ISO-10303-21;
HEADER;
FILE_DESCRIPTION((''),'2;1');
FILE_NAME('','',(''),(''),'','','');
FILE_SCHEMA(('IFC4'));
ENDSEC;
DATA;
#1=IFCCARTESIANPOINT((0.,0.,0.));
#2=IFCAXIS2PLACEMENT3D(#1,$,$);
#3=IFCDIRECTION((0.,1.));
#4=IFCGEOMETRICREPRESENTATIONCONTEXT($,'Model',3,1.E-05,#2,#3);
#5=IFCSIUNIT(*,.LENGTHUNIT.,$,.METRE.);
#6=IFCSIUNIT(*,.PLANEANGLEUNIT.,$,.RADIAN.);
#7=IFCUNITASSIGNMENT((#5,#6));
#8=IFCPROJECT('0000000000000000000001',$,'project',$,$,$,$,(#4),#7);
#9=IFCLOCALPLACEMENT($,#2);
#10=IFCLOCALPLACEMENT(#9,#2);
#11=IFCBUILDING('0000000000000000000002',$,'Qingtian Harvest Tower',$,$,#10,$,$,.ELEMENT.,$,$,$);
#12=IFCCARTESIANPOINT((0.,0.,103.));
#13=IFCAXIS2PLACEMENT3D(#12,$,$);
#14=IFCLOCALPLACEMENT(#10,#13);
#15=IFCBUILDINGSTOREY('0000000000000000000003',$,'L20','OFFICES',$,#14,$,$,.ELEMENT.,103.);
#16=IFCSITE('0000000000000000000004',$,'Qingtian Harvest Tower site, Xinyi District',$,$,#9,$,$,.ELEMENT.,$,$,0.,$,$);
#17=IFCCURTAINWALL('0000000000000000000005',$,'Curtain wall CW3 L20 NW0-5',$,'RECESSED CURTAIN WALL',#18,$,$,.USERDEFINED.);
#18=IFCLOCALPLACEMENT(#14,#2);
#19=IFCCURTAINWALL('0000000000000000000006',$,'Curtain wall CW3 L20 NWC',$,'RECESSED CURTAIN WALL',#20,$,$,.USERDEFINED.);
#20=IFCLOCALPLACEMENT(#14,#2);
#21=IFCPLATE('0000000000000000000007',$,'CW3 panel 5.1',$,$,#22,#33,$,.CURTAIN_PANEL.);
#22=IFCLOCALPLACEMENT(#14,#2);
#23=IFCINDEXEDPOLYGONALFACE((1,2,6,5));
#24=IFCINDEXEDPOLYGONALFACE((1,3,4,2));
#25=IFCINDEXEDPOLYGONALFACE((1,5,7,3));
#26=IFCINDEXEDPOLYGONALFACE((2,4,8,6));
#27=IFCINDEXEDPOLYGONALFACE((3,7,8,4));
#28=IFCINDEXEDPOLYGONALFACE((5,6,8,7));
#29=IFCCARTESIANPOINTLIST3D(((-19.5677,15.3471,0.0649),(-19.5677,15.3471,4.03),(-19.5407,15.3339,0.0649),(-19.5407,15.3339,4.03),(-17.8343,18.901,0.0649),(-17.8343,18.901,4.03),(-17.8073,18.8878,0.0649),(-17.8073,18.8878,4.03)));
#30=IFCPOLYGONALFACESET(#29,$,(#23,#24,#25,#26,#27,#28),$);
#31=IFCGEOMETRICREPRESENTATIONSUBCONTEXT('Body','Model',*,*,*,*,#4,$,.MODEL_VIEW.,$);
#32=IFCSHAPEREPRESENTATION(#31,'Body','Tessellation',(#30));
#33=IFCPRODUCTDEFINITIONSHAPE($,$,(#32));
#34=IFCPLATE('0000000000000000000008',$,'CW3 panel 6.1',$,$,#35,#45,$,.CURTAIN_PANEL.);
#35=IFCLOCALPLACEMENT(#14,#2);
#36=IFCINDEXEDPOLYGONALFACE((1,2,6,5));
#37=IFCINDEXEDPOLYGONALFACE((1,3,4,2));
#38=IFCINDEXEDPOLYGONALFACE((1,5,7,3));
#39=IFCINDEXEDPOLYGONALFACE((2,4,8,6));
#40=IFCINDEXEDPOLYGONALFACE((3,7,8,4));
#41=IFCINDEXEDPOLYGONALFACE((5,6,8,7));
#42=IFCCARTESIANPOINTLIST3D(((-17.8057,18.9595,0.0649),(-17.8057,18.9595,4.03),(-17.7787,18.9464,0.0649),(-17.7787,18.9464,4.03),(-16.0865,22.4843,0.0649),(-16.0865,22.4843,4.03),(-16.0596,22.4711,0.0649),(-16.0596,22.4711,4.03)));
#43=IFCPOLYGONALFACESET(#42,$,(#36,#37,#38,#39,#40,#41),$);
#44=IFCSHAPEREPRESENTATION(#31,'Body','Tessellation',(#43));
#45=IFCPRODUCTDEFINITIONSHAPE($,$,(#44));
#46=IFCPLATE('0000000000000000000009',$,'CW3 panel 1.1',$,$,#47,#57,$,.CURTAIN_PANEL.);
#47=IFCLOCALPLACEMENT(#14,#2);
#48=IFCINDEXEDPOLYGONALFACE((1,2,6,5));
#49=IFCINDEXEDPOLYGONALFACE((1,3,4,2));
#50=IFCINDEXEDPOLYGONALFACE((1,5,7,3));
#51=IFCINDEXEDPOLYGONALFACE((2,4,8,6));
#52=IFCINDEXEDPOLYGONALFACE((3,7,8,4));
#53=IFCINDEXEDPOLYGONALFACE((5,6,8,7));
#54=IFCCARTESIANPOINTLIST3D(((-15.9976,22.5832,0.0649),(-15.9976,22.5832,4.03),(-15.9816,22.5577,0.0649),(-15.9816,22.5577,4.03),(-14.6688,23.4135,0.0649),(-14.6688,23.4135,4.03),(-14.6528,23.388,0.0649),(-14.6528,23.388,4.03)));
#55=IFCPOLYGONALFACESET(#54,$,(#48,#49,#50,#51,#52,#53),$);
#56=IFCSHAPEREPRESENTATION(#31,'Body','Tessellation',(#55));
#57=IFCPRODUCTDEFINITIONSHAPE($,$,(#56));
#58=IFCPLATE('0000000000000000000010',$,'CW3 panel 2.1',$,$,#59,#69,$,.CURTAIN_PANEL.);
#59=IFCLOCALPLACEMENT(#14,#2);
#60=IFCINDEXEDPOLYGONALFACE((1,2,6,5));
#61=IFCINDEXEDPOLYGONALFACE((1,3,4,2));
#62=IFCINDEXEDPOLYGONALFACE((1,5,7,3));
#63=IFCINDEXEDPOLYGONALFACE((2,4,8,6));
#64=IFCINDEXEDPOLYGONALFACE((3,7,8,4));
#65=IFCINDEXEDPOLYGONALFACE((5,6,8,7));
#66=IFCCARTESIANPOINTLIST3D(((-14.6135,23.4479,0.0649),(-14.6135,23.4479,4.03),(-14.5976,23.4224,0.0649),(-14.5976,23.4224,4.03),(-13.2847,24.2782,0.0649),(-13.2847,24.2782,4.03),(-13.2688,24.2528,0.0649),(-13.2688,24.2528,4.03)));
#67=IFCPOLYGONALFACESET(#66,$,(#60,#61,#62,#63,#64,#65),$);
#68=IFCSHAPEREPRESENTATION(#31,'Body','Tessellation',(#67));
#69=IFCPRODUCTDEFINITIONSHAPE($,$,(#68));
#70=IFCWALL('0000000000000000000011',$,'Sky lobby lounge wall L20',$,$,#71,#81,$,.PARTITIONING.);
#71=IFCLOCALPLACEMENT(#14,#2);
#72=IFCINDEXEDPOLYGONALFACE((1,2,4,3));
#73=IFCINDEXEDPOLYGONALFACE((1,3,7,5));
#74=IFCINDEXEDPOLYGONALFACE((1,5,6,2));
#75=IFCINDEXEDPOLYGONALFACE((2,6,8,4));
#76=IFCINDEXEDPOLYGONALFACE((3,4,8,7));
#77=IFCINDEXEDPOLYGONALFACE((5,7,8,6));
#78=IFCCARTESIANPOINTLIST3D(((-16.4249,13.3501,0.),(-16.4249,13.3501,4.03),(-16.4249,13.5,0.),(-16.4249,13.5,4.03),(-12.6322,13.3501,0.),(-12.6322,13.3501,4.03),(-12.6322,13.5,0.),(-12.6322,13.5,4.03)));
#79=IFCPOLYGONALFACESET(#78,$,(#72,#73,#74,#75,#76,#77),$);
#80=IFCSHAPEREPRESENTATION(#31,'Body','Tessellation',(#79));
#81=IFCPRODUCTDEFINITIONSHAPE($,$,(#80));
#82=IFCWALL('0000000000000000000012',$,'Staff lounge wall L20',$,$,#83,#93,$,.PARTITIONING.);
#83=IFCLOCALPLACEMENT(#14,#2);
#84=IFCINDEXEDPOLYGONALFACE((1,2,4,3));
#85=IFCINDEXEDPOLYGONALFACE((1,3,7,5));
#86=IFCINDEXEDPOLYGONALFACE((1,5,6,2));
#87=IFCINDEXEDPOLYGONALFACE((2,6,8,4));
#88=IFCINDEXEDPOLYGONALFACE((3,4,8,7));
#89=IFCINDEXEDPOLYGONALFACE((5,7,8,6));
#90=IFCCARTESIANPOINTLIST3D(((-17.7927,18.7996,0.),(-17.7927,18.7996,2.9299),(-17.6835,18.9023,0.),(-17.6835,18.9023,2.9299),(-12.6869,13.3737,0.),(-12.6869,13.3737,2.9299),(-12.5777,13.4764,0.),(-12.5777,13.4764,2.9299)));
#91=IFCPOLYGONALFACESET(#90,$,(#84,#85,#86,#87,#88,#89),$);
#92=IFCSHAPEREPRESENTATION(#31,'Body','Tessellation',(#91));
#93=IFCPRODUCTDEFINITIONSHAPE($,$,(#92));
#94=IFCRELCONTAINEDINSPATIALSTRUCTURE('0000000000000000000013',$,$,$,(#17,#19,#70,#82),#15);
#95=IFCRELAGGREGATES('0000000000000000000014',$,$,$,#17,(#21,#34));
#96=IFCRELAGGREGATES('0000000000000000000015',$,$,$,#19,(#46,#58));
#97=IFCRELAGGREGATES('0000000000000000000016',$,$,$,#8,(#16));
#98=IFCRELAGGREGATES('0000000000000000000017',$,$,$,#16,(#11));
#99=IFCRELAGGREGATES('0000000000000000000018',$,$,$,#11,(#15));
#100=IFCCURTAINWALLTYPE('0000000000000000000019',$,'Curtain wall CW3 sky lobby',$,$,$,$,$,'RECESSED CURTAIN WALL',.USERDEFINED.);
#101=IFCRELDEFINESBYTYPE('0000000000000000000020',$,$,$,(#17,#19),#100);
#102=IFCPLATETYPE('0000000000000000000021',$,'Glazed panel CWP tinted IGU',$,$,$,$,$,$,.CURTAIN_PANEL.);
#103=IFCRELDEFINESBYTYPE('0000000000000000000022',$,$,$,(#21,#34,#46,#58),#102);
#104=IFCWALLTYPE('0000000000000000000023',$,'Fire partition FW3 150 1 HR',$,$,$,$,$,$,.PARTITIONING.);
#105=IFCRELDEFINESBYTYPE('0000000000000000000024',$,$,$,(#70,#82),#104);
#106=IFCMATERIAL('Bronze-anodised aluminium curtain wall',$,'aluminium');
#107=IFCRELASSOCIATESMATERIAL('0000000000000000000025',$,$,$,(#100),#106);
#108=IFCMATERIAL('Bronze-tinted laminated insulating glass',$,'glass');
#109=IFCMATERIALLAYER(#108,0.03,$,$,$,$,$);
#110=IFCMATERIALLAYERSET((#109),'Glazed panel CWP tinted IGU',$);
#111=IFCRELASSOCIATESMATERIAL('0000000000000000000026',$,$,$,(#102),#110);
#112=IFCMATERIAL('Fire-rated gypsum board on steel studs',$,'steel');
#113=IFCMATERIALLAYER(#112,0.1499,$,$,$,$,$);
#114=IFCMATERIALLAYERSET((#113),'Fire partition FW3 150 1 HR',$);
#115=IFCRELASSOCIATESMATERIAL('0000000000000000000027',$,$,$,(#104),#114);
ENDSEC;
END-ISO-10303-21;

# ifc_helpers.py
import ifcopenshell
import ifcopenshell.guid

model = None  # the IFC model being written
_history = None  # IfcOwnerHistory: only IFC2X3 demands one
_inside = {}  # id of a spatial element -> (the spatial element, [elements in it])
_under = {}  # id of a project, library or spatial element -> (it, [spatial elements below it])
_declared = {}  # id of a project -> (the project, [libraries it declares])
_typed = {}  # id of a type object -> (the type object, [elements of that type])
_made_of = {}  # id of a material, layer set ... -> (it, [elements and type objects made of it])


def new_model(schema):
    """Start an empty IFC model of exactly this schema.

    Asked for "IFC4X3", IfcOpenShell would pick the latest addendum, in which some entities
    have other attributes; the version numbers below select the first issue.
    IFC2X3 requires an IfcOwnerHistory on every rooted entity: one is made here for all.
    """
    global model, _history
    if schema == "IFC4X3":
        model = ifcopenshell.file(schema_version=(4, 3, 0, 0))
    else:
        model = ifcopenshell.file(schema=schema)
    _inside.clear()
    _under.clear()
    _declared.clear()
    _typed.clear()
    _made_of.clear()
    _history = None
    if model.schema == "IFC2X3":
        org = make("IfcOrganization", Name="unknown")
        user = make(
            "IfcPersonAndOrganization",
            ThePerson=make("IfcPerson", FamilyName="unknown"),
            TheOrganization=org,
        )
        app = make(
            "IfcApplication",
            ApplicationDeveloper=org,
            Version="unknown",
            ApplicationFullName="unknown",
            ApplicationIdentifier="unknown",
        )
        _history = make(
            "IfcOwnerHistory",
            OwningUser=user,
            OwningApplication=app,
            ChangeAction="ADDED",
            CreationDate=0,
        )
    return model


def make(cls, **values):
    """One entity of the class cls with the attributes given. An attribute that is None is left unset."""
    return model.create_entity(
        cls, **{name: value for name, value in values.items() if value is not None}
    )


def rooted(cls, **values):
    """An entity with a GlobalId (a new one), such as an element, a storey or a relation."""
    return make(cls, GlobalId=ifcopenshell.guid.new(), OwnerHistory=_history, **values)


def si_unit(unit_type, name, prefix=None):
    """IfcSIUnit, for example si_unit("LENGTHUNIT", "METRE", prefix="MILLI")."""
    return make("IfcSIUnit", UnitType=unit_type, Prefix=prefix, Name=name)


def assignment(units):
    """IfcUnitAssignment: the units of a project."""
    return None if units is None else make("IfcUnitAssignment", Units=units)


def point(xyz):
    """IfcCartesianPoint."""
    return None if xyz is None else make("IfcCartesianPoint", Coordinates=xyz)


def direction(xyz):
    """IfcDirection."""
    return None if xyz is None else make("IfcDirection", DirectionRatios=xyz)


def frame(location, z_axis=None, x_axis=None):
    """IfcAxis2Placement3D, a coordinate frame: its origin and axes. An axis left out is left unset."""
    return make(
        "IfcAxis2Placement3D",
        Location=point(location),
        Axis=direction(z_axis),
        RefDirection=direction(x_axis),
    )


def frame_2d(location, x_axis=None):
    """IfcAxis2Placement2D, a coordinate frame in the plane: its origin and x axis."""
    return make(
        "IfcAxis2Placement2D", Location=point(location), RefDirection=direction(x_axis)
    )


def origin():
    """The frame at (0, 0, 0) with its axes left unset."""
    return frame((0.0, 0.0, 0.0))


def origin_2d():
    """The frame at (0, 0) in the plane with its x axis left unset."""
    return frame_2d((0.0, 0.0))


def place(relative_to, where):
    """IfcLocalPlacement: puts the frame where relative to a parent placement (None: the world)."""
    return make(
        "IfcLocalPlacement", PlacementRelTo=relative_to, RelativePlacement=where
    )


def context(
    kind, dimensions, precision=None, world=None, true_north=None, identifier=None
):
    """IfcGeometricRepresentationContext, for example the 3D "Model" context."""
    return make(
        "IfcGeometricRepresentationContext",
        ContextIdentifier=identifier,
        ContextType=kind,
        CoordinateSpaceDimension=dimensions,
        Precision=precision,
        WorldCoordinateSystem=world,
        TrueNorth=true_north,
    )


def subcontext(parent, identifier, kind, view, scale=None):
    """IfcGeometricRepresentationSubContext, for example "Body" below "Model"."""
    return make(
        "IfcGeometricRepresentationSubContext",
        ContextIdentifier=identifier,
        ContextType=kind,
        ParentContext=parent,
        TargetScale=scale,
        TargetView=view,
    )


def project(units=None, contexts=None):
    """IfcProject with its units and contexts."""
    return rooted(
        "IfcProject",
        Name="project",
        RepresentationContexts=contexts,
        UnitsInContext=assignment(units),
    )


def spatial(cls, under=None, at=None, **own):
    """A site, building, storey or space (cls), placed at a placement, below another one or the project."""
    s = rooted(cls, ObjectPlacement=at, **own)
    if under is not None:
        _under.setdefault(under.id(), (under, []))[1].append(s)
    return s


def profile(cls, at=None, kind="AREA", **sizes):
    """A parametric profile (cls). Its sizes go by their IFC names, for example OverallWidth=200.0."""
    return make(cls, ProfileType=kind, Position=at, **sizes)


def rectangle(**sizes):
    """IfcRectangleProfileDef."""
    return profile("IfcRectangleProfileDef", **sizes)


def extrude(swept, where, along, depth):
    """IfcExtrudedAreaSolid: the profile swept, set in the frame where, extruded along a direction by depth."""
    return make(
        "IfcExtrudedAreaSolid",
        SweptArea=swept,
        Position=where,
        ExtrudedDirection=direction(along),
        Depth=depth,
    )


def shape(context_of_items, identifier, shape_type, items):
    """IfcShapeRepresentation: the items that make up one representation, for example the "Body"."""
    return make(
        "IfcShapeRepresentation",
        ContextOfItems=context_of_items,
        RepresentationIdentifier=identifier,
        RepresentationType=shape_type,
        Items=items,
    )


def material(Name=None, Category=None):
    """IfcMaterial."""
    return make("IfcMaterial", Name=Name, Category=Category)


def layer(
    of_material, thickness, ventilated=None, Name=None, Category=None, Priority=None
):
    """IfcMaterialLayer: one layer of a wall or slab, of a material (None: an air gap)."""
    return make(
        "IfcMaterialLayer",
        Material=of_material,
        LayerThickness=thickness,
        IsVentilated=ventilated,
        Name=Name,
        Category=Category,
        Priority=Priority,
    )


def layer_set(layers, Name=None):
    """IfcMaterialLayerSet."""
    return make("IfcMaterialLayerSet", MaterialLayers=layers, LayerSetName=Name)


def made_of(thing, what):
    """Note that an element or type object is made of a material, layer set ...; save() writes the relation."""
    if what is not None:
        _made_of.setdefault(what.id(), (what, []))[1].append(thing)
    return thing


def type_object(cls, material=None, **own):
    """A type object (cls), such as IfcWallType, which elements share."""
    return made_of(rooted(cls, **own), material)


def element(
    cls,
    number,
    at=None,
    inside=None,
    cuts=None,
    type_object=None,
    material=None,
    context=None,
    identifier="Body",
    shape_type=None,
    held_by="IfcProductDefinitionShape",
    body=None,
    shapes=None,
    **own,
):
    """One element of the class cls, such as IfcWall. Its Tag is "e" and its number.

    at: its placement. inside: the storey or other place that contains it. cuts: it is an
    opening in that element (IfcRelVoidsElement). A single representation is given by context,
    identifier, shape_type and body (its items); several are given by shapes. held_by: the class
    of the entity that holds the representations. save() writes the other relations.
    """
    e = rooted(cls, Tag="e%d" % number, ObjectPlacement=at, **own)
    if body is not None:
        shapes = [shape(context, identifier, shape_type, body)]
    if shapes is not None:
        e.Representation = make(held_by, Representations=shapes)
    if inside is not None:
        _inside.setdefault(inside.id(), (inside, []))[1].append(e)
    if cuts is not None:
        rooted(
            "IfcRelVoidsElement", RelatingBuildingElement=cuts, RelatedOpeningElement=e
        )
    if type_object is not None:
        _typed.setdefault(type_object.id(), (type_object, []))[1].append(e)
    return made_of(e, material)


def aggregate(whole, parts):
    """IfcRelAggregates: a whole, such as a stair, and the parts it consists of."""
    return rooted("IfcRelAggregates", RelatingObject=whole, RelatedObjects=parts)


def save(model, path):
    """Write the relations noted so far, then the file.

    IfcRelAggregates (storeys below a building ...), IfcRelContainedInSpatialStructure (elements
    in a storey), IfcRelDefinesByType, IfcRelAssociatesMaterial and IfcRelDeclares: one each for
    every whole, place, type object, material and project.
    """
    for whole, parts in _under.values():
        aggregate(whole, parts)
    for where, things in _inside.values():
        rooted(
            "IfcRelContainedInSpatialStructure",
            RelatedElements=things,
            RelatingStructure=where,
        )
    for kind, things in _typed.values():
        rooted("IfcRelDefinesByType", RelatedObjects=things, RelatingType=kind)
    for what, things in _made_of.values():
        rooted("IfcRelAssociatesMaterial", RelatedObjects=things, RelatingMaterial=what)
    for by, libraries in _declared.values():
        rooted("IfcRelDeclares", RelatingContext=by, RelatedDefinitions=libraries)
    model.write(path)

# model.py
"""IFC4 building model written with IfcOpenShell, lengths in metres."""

from ifc_helpers import new_model, si_unit, direction, frame, frame_2d, origin, origin_2d, place, context, subcontext, project, spatial, rectangle, extrude, material, layer, layer_set, type_object, element, aggregate, save


model = new_model("IFC4")

# Units and contexts
model_context = context("Model", 3, precision=1e-05, world=origin(), true_north=direction((0.0, 1.0)))
body_context = subcontext(model_context, "Body", "Model", "MODEL_VIEW")
ifc_project = project(units=[si_unit("LENGTHUNIT", "METRE"), si_unit("PLANEANGLEUNIT", "RADIAN")], contexts=[model_context])

# Site, building, storey
site_placement = place(None, origin())
site = spatial("IfcSite", under=ifc_project, at=site_placement, Name="Qingtian Harvest Tower site, Xinyi District", CompositionType="ELEMENT", RefElevation=0.0)
building_placement = place(site_placement, origin())
building = spatial("IfcBuilding", under=site, at=building_placement, Name="Qingtian Harvest Tower", CompositionType="ELEMENT")
storey_placement = place(building_placement, frame((0.0, 0.0, 103.0)))
storey = spatial("IfcBuildingStorey", under=building, at=storey_placement, Name="L20", Description="OFFICES", CompositionType="ELEMENT", Elevation=103.0)

# Curtain walls
ifc_material_1 = material(Name="Bronze-anodised aluminium curtain wall", Category="aluminium")
curtain_wall_type = type_object("IfcCurtainWallType", Name="Curtain wall CW3 sky lobby", ElementType="RECESSED CURTAIN WALL", PredefinedType="USERDEFINED", material=ifc_material_1)
curtain_wall_1_placement = place(storey_placement, origin())
curtain_wall_1 = element("IfcCurtainWall", 1, at=curtain_wall_1_placement, inside=storey, type_object=curtain_wall_type, Name="Curtain wall CW3 L20 NW0-5", ObjectType="RECESSED CURTAIN WALL", PredefinedType="USERDEFINED")
curtain_wall_2_placement = place(storey_placement, origin())
curtain_wall_2 = element("IfcCurtainWall", 2, at=curtain_wall_2_placement, inside=storey, type_object=curtain_wall_type, Name="Curtain wall CW3 L20 NWC", ObjectType="RECESSED CURTAIN WALL", PredefinedType="USERDEFINED")

# Plates
ifc_material_2 = material(Name="Bronze-tinted laminated insulating glass", Category="glass")
ifc_layer_1 = layer(ifc_material_2, 0.03)
ifc_layer_set_1 = layer_set([ifc_layer_1], Name="Glazed panel CWP tinted IGU")
plate_type = type_object("IfcPlateType", Name="Glazed panel CWP tinted IGU", PredefinedType="CURTAIN_PANEL", material=ifc_layer_set_1)
plate_1_placement = place(storey_placement, frame((-18.6875, 17.1174, 0.0649), z_axis=(0.0, 0.0, 1.0), x_axis=(0.438371, 0.898794, 0.0)))
plate_1 = element("IfcPlate", 3, at=plate_1_placement, type_object=plate_type, Name="CW3 panel 5.1", PredefinedType="CURTAIN_PANEL", context=body_context, shape_type="SweptSolid", body=[
    extrude(rectangle(XDim=3.9541, YDim=0.03, at=origin_2d()), origin(), (0.0, 0.0, 1.0), 3.9651),
])
plate_2_placement = place(storey_placement, frame((-16.9326, 20.7153, 0.0649), z_axis=(0.0, 0.0, 1.0), x_axis=(0.438371, 0.898794, 0.0)))
plate_2 = element("IfcPlate", 4, at=plate_2_placement, type_object=plate_type, Name="CW3 panel 6.1", PredefinedType="CURTAIN_PANEL", context=body_context, shape_type="SweptSolid", body=[
    extrude(rectangle(XDim=3.9216, YDim=0.03, at=origin_2d()), origin(), (0.0, 0.0, 1.0), 3.9651),
])
aggregate(curtain_wall_1, [plate_1, plate_2])
plate_3_placement = place(storey_placement, frame((-15.3252, 22.9856, 0.0649), z_axis=(0.0, 0.0, 1.0), x_axis=(0.848048, 0.529919, 0.0)))
plate_3 = element("IfcPlate", 5, at=plate_3_placement, type_object=plate_type, Name="CW3 panel 1.1", PredefinedType="CURTAIN_PANEL", context=body_context, shape_type="SweptSolid", body=[
    extrude(rectangle(XDim=1.5669, YDim=0.03, at=origin_2d()), origin(), (0.0, 0.0, 1.0), 3.9651),
])
plate_4_placement = place(storey_placement, frame((-13.9412, 23.8503, 0.0649), z_axis=(0.0, 0.0, 1.0), x_axis=(0.848048, 0.529919, 0.0)))
plate_4 = element("IfcPlate", 6, at=plate_4_placement, type_object=plate_type, Name="CW3 panel 2.1", PredefinedType="CURTAIN_PANEL", context=body_context, shape_type="SweptSolid", body=[
    extrude(rectangle(XDim=1.5669, YDim=0.03, at=origin_2d()), origin(), (0.0, 0.0, 1.0), 3.9651),
])
aggregate(curtain_wall_2, [plate_3, plate_4])

# Walls
ifc_material_3 = material(Name="Fire-rated gypsum board on steel studs", Category="steel")
ifc_layer_2 = layer(ifc_material_3, 0.1499)
ifc_layer_set_2 = layer_set([ifc_layer_2], Name="Fire partition FW3 150 1 HR")
wall_type = type_object("IfcWallType", Name="Fire partition FW3 150 1 HR", PredefinedType="PARTITIONING", material=ifc_layer_set_2)
wall_1_placement = place(storey_placement, frame((-16.425, 13.425, 0.0), z_axis=(0.0, 0.0, 1.0), x_axis=(1.0, 0.0, 0.0)))
element("IfcWall", 7, at=wall_1_placement, inside=storey, type_object=wall_type, Name="Sky lobby lounge wall L20", PredefinedType="PARTITIONING", context=body_context, shape_type="SweptSolid", body=[
    extrude(rectangle(XDim=3.7927, YDim=0.1499, at=frame_2d((1.8965, 0.0))), origin(), (0.0, 0.0, 1.0), 4.03),
])
wall_2_placement = place(storey_placement, frame((-17.738, 18.8508, 0.0), z_axis=(0.0, 0.0, 1.0), x_axis=(0.6853, -0.728261, 0.0)))
element("IfcWall", 8, at=wall_2_placement, inside=storey, type_object=wall_type, Name="Staff lounge wall L20", PredefinedType="PARTITIONING", context=body_context, shape_type="SweptSolid", body=[
    extrude(rectangle(XDim=7.4504, YDim=0.1499, at=frame_2d((3.7251, 0.0))), origin(), (0.0, 0.0, 1.0), 2.9299),
])

save(model, "model.ifc")
